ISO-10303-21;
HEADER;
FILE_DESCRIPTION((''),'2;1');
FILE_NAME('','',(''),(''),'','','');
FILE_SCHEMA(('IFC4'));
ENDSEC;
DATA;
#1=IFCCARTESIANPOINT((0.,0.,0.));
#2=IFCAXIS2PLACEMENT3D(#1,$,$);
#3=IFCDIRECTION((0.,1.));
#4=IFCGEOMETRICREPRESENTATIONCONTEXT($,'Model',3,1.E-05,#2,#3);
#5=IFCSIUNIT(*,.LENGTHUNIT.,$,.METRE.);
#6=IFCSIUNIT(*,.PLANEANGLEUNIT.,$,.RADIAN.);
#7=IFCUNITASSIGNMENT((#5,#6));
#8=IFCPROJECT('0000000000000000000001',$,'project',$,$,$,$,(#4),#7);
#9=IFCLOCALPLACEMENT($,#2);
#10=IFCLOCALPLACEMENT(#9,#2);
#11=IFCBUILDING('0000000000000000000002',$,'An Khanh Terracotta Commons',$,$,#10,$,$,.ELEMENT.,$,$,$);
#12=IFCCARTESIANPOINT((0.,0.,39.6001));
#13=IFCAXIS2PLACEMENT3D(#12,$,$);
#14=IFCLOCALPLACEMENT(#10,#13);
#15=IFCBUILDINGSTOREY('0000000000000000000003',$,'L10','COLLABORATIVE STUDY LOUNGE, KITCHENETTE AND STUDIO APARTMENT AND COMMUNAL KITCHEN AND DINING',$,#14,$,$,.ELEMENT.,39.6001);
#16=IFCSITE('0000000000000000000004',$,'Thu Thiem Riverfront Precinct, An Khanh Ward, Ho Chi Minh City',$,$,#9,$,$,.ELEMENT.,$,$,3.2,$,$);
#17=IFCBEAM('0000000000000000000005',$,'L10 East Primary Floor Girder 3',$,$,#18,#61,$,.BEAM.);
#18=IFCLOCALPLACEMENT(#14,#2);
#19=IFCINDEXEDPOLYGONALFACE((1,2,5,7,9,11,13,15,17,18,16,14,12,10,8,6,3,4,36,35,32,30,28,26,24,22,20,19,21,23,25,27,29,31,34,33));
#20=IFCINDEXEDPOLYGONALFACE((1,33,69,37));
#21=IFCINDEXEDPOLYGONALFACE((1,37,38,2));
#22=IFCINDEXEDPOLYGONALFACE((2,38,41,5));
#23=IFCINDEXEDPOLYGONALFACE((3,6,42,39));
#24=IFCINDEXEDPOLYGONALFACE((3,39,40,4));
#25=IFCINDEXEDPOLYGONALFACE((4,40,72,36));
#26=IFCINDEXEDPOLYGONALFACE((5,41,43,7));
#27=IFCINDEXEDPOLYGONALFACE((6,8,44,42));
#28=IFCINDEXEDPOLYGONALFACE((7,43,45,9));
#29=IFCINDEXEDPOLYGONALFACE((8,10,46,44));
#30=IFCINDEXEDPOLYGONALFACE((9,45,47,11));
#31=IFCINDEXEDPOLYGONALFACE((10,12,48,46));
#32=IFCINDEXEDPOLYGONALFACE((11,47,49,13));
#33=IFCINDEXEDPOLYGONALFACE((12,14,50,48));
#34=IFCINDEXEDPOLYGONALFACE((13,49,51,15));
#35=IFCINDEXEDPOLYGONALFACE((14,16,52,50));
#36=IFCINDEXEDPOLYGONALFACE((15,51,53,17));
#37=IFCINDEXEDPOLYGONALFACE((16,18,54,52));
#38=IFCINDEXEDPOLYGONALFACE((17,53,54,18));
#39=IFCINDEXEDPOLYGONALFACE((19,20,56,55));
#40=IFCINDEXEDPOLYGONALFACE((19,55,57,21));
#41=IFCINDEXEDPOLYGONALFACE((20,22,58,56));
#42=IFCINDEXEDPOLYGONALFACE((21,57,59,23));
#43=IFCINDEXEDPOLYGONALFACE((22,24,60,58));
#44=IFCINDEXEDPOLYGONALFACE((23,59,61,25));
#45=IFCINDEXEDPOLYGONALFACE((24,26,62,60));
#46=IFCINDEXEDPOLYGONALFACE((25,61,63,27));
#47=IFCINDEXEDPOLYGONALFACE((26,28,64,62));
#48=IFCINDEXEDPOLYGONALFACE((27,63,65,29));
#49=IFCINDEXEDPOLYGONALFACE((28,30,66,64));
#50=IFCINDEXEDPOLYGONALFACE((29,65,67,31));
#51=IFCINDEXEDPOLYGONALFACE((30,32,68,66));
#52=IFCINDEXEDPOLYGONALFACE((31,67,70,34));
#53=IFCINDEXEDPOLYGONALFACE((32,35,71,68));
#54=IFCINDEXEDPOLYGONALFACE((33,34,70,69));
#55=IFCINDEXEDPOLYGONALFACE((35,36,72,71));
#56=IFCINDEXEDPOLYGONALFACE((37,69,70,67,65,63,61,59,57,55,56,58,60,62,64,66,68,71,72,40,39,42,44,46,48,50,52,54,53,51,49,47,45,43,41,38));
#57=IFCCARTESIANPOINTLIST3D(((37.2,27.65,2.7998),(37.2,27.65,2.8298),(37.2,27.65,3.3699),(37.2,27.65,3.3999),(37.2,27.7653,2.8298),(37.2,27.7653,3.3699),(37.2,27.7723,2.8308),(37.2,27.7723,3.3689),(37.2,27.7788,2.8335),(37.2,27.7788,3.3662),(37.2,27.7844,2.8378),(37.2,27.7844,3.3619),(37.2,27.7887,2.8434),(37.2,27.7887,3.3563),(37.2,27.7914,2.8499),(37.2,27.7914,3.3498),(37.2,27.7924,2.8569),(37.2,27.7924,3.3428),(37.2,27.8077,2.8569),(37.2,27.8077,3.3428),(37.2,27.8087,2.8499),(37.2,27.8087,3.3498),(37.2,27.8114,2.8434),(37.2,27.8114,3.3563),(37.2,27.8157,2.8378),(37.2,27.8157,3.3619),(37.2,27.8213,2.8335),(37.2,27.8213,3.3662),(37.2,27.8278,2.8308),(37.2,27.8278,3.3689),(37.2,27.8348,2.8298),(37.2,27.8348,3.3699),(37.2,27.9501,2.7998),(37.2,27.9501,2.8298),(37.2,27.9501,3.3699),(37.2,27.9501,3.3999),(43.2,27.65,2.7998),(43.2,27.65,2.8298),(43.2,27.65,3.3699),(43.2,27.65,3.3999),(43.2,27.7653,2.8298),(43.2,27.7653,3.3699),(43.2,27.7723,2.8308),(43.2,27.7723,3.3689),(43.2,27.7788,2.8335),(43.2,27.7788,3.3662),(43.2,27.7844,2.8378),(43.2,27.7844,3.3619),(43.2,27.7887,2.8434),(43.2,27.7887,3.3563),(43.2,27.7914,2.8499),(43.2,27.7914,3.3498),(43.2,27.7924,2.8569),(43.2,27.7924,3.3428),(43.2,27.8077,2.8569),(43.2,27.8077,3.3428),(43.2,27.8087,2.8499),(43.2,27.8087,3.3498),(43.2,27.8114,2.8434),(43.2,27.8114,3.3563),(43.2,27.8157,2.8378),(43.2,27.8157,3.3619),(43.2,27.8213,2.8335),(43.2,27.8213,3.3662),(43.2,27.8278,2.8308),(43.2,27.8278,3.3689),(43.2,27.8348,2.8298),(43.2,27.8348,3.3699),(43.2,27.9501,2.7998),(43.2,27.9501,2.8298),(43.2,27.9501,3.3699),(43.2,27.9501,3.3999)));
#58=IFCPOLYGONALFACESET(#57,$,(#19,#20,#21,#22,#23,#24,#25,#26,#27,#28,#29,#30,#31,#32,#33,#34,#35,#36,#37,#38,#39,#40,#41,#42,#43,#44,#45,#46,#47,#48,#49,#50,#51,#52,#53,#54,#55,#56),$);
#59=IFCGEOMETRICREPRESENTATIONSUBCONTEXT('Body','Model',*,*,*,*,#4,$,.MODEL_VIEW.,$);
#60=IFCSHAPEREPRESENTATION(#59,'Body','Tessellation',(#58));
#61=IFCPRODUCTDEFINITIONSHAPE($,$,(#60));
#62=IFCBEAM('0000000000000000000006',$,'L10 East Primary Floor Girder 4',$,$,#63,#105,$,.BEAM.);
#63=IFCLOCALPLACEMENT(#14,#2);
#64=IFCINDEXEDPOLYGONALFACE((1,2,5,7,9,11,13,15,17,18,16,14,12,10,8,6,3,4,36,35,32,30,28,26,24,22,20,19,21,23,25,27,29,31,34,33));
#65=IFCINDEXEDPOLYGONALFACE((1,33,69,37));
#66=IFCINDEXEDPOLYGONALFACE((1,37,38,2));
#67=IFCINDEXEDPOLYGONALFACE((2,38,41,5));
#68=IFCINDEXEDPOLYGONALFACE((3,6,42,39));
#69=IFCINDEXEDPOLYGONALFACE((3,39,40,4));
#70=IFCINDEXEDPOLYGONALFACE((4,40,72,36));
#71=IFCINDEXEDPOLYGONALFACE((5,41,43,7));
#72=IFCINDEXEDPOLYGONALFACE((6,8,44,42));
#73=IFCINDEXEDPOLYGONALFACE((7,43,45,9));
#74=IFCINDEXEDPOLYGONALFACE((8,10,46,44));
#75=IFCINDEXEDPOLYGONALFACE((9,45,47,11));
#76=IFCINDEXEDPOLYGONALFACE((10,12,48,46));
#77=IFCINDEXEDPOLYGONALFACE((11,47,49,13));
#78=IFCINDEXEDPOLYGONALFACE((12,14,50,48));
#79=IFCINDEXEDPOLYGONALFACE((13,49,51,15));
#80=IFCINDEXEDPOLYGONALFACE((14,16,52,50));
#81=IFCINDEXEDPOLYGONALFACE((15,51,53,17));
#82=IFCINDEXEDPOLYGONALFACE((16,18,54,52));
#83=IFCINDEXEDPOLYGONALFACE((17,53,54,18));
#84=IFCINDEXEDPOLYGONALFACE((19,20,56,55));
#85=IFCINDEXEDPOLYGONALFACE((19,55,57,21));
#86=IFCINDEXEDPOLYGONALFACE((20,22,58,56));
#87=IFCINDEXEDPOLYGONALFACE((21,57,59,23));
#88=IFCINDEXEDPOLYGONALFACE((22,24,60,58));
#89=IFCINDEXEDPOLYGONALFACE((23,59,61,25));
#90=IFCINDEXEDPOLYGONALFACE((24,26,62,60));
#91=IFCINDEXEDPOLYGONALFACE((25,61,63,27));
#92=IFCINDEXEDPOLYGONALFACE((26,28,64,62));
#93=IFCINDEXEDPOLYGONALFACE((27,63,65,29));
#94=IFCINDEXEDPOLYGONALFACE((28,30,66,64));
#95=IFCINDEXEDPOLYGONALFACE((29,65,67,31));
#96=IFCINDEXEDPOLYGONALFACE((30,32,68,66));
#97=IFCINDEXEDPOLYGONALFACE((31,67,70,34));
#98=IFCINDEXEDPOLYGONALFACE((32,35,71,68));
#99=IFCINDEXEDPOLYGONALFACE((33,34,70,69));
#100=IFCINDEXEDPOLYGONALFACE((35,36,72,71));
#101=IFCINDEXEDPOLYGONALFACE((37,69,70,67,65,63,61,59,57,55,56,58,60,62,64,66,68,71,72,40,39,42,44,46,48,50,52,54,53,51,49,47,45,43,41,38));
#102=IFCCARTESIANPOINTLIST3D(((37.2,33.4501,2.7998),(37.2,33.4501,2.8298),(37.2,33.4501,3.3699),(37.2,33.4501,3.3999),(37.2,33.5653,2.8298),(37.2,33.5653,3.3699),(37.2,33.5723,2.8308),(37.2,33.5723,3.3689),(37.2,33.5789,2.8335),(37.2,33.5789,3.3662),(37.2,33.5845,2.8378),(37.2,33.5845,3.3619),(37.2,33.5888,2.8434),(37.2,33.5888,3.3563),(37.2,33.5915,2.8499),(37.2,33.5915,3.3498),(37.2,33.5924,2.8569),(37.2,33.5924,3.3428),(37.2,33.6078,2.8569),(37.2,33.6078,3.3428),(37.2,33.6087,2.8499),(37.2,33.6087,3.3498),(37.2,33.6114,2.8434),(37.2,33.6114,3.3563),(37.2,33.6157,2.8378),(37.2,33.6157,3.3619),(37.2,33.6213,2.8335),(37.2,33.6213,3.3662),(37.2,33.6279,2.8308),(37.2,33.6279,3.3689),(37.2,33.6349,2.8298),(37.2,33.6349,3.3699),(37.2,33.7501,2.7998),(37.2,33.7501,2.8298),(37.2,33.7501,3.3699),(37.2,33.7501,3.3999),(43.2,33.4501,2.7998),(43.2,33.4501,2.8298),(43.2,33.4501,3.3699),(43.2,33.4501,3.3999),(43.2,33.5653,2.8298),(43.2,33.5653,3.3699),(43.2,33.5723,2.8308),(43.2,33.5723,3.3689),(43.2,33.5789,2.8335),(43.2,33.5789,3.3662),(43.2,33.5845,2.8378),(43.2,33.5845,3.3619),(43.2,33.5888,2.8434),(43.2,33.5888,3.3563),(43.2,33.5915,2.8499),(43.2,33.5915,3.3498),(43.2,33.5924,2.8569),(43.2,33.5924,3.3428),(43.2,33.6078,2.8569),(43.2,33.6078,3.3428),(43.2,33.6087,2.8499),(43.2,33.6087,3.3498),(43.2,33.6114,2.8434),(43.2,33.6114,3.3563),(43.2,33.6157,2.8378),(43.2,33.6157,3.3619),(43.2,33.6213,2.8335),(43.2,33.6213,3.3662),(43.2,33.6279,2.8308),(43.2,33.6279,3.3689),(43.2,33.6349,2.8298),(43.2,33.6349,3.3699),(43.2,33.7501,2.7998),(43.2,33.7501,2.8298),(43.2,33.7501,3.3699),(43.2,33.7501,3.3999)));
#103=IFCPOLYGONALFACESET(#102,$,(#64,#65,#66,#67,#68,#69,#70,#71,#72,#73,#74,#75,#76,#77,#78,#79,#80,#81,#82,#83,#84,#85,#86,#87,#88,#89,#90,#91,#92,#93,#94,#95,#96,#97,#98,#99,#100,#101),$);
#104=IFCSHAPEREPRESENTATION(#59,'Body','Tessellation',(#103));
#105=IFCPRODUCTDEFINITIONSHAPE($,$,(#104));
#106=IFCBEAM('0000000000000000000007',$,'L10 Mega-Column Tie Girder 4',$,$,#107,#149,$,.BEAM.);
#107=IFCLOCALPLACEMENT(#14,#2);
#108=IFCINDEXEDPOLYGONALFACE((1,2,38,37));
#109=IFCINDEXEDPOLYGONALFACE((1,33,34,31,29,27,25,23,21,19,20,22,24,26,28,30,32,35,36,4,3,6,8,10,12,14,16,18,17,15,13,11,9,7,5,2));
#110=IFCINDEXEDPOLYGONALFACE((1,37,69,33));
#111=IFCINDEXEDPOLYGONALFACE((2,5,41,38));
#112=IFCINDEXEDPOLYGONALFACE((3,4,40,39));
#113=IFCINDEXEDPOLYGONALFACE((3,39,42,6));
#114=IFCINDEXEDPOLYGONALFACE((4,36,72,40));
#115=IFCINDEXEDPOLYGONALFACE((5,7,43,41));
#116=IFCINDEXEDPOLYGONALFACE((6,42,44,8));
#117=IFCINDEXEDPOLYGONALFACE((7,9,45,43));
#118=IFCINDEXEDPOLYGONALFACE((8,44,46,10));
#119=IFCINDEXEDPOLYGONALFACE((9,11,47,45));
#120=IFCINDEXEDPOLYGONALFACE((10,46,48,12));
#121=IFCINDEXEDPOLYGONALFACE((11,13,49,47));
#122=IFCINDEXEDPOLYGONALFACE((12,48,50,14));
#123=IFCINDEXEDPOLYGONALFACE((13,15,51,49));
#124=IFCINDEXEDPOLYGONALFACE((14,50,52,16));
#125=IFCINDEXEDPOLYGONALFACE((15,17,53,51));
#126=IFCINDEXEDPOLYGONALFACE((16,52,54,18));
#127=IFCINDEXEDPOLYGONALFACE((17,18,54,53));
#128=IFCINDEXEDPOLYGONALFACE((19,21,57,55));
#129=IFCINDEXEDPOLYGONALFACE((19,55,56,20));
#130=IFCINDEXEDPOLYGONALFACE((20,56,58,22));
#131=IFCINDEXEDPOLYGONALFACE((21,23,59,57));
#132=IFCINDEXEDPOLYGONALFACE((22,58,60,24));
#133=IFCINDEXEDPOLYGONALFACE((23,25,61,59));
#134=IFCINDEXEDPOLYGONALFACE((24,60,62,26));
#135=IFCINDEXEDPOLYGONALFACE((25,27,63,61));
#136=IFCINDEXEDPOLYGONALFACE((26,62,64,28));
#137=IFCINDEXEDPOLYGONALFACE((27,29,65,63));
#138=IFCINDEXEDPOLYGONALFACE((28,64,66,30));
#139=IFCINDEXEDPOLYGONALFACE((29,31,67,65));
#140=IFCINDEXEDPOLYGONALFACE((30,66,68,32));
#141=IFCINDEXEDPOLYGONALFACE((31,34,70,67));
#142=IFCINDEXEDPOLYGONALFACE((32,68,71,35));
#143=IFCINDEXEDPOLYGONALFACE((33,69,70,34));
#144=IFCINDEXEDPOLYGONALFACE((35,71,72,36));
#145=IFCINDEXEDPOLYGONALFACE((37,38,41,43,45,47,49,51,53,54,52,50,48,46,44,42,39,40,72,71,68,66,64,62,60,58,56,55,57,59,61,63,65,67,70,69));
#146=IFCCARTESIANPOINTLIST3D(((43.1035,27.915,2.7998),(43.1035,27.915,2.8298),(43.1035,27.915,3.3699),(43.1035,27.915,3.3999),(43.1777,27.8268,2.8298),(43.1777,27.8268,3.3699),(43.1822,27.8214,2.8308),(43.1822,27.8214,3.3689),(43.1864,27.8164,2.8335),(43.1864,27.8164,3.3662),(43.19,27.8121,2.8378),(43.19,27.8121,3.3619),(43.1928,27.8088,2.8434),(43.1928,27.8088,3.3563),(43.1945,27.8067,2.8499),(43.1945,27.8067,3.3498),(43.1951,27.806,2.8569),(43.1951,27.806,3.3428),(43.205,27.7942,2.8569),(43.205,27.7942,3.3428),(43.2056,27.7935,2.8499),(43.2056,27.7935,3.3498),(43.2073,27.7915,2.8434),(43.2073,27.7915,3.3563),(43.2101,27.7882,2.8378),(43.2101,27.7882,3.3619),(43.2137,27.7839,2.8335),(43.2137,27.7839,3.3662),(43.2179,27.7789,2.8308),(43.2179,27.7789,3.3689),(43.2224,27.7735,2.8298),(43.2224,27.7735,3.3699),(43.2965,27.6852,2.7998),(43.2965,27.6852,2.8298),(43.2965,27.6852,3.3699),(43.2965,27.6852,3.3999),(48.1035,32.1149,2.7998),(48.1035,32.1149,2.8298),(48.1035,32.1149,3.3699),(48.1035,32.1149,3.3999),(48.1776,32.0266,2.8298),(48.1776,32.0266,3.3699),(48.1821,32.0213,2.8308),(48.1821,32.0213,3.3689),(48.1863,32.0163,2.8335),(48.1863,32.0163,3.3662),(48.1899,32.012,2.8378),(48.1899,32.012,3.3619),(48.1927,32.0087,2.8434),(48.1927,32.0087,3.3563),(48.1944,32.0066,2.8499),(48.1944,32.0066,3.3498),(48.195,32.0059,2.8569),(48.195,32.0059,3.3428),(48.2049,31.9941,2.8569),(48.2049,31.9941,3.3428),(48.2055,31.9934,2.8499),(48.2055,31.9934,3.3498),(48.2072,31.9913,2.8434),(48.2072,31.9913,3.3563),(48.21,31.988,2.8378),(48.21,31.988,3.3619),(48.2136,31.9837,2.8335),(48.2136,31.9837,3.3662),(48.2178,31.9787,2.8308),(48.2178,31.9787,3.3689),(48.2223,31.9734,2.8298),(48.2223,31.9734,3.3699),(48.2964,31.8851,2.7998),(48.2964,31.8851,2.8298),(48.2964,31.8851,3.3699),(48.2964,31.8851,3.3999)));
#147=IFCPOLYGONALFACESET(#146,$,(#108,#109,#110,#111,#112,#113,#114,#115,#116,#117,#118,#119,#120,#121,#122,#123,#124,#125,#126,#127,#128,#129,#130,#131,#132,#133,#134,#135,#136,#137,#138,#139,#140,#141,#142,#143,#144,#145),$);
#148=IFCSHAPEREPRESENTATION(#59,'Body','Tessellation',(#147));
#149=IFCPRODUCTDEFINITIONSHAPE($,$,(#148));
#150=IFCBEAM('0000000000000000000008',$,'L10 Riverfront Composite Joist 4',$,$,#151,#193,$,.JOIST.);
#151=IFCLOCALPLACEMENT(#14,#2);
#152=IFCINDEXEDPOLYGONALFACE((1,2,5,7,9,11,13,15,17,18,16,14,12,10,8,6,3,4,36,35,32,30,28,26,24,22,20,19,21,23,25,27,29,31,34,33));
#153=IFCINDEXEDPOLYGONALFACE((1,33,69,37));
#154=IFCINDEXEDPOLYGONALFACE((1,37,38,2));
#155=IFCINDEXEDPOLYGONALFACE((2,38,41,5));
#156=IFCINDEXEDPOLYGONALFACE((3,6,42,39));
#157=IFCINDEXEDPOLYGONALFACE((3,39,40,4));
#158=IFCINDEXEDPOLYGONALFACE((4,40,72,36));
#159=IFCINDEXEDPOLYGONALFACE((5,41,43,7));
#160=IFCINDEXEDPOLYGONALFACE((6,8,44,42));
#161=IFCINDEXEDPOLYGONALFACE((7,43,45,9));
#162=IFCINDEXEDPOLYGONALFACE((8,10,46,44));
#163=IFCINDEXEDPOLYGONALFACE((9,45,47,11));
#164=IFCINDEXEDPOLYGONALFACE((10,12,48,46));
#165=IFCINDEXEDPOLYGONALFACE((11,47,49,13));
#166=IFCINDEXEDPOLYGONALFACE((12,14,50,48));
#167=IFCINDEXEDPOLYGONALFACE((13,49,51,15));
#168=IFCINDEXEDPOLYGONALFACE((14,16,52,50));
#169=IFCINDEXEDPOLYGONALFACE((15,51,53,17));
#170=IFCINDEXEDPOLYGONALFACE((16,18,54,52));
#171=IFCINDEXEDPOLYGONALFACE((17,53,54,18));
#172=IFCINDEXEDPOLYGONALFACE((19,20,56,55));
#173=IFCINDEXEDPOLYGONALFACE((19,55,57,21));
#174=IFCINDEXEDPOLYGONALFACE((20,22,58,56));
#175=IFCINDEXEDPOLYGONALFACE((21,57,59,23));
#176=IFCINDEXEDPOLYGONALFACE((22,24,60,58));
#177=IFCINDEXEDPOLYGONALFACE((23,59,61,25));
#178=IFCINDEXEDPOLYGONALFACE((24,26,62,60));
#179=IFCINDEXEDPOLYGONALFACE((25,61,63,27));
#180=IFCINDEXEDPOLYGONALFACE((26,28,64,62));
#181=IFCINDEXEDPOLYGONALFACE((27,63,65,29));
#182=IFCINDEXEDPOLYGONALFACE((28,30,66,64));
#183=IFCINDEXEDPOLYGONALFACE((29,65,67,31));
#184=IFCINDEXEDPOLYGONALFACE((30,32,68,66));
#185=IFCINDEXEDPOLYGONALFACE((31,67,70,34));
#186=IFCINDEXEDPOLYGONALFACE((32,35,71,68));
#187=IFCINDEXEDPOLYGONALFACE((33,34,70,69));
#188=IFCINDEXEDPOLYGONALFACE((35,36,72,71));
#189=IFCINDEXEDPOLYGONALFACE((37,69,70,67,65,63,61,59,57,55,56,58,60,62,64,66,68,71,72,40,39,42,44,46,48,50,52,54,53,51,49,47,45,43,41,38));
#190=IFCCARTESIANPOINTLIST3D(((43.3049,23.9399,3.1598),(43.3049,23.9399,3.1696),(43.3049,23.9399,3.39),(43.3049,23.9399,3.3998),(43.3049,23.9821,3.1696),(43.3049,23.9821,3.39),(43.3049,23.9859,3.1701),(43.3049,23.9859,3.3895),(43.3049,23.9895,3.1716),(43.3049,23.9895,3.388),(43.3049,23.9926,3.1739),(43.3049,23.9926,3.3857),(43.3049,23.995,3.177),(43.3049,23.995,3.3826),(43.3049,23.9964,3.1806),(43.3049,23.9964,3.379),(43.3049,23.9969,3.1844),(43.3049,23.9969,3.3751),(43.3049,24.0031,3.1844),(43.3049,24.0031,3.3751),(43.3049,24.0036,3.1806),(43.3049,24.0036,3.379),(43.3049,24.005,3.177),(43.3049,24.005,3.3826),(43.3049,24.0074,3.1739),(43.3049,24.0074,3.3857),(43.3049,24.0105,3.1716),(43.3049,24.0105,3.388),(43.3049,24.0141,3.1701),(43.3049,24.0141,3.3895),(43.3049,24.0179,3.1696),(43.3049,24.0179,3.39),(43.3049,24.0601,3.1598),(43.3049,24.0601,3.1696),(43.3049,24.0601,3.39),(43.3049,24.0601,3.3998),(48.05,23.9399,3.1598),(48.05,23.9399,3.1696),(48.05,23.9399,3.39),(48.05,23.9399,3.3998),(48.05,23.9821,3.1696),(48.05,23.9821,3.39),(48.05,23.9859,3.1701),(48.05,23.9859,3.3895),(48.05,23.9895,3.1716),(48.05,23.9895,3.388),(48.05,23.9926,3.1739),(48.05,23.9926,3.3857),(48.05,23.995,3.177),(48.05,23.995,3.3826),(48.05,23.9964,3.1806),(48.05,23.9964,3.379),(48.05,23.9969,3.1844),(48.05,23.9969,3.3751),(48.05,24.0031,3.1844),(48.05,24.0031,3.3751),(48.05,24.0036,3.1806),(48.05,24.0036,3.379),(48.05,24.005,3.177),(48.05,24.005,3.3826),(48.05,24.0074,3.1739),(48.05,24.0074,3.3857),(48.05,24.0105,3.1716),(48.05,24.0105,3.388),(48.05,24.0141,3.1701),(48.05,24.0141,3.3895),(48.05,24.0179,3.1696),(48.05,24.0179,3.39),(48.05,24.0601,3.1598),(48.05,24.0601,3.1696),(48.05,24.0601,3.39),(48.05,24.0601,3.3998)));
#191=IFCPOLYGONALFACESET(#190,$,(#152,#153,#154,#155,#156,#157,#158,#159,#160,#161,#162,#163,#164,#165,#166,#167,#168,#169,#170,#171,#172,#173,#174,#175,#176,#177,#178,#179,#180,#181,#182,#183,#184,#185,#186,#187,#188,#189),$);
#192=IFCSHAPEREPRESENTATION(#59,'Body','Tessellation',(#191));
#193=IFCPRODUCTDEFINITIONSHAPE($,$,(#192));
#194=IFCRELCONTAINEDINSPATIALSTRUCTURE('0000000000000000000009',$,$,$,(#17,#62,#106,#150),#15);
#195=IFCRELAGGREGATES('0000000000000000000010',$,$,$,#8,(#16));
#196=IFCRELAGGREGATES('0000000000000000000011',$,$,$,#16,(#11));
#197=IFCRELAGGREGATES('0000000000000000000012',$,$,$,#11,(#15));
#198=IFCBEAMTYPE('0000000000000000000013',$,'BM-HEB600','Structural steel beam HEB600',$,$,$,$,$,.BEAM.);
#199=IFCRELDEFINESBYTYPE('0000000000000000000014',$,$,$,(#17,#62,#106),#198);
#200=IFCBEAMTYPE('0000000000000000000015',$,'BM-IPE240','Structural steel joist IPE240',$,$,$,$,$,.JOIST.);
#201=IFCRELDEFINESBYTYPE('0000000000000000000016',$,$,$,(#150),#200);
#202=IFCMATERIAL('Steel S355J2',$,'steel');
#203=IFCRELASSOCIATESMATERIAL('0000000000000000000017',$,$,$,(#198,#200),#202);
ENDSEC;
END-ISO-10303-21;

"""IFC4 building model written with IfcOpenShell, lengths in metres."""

from ifc_helpers import new_model, si_unit, direction, frame, origin, origin_2d, place, context, subcontext, project, spatial, i_section, extrude, material, material_profile, profile_set, type_object, element, save


model = new_model("IFC4")

# Units and contexts
model_context = context("Model", 3, precision=1e-05, world=origin(), true_north=direction((0.0, 1.0)))
body_context = subcontext(model_context, "Body", "Model", "MODEL_VIEW")
ifc_project = project(units=[si_unit("LENGTHUNIT", "METRE"), si_unit("PLANEANGLEUNIT", "RADIAN")], contexts=[model_context])

# Site, building, storey
site_placement = place(None, origin())
site = spatial("IfcSite", under=ifc_project, at=site_placement, Name="Thu Thiem Riverfront Precinct, An Khanh Ward, Ho Chi Minh City", CompositionType="ELEMENT", RefElevation=3.2)
building_placement = place(site_placement, origin())
building = spatial("IfcBuilding", under=site, at=building_placement, Name="An Khanh Terracotta Commons", CompositionType="ELEMENT")
storey_placement = place(building_placement, frame((0.0, 0.0, 39.6001)))
storey = spatial("IfcBuildingStorey", under=building, at=storey_placement, Name="L10", Description="COLLABORATIVE STUDY LOUNGE, KITCHENETTE AND STUDIO APARTMENT AND COMMUNAL KITCHEN AND DINING", CompositionType="ELEMENT", Elevation=39.6001)

# Beams
ifc_material_1 = material(Name="Steel S355J2", Category="steel")
ifc_material_profile_1 = material_profile(ifc_material_1, i_section(OverallWidth=0.3, OverallDepth=0.6001, WebThickness=0.0154, FlangeThickness=0.03, FilletRadius=0.0271, at=origin_2d()), Name="HEB600")
ifc_profile_set_1 = profile_set([ifc_material_profile_1], Name="Steel S355J2")
beam_type_1 = type_object("IfcBeamType", Name="BM-HEB600", Description="Structural steel beam HEB600", PredefinedType="BEAM", material=ifc_profile_set_1)
for number, where, z_axis, x_axis, name in (
    (1, (37.2, 27.8, 3.0999), (1.0, 0.0, 0.0), (0.0, 1.0, 0.0), "L10 East Primary Floor Girder 3"),
    (2, (37.2, 33.6001, 3.0999), (1.0, 0.0, 0.0), (0.0, 1.0, 0.0), "L10 East Primary Floor Girder 4"),
):
    element("IfcBeam", number, at=place(storey_placement, frame(where, z_axis=z_axis, x_axis=x_axis)), inside=storey, type_object=beam_type_1, Name=name, PredefinedType="BEAM", context=body_context, shape_type="SweptSolid", body=[
        extrude(i_section(OverallWidth=0.3, OverallDepth=0.6001, WebThickness=0.0154, FlangeThickness=0.03, FilletRadius=0.0271, at=origin_2d()), origin(), (0.0, 0.0, 1.0), 6.0),
    ])
beam_1_placement = place(storey_placement, frame((48.2, 32.0, 3.0999), z_axis=(-0.765709, -0.643188, 0.0), x_axis=(0.643188, -0.765709, 0.0)))
element("IfcBeam", 3, at=beam_1_placement, inside=storey, type_object=beam_type_1, Name="L10 Mega-Column Tie Girder 4", PredefinedType="BEAM", context=body_context, shape_type="SweptSolid", body=[
    extrude(i_section(OverallWidth=0.3, OverallDepth=0.6001, WebThickness=0.0154, FlangeThickness=0.03, FilletRadius=0.0271, at=origin_2d()), origin(), (0.0, 0.0, 1.0), 6.5298),
])
ifc_material_profile_2 = material_profile(ifc_material_1, i_section(OverallWidth=0.1201, OverallDepth=0.24, WebThickness=0.0061, FlangeThickness=0.0098, FilletRadius=0.0149, at=origin_2d()), Name="IPE240")
ifc_profile_set_2 = profile_set([ifc_material_profile_2], Name="Steel S355J2")
beam_type_2 = type_object("IfcBeamType", Name="BM-IPE240", Description="Structural steel joist IPE240", PredefinedType="JOIST", material=ifc_profile_set_2)
for number, where, z_axis, x_axis, name in (
    (4, (43.3049, 24.0, 3.2798), (1.0, 0.0, 0.0), (0.0, 1.0, 0.0), "L10 Riverfront Composite Joist 4"),
):
    element("IfcBeam", number, at=place(storey_placement, frame(where, z_axis=z_axis, x_axis=x_axis)), inside=storey, type_object=beam_type_2, Name=name, PredefinedType="JOIST", context=body_context, shape_type="SweptSolid", body=[
        extrude(i_section(OverallWidth=0.1201, OverallDepth=0.24, WebThickness=0.0061, FlangeThickness=0.0098, FilletRadius=0.0149, at=origin_2d()), origin(), (0.0, 0.0, 1.0), 4.7451),
    ])

save(model, "model.ifc")
